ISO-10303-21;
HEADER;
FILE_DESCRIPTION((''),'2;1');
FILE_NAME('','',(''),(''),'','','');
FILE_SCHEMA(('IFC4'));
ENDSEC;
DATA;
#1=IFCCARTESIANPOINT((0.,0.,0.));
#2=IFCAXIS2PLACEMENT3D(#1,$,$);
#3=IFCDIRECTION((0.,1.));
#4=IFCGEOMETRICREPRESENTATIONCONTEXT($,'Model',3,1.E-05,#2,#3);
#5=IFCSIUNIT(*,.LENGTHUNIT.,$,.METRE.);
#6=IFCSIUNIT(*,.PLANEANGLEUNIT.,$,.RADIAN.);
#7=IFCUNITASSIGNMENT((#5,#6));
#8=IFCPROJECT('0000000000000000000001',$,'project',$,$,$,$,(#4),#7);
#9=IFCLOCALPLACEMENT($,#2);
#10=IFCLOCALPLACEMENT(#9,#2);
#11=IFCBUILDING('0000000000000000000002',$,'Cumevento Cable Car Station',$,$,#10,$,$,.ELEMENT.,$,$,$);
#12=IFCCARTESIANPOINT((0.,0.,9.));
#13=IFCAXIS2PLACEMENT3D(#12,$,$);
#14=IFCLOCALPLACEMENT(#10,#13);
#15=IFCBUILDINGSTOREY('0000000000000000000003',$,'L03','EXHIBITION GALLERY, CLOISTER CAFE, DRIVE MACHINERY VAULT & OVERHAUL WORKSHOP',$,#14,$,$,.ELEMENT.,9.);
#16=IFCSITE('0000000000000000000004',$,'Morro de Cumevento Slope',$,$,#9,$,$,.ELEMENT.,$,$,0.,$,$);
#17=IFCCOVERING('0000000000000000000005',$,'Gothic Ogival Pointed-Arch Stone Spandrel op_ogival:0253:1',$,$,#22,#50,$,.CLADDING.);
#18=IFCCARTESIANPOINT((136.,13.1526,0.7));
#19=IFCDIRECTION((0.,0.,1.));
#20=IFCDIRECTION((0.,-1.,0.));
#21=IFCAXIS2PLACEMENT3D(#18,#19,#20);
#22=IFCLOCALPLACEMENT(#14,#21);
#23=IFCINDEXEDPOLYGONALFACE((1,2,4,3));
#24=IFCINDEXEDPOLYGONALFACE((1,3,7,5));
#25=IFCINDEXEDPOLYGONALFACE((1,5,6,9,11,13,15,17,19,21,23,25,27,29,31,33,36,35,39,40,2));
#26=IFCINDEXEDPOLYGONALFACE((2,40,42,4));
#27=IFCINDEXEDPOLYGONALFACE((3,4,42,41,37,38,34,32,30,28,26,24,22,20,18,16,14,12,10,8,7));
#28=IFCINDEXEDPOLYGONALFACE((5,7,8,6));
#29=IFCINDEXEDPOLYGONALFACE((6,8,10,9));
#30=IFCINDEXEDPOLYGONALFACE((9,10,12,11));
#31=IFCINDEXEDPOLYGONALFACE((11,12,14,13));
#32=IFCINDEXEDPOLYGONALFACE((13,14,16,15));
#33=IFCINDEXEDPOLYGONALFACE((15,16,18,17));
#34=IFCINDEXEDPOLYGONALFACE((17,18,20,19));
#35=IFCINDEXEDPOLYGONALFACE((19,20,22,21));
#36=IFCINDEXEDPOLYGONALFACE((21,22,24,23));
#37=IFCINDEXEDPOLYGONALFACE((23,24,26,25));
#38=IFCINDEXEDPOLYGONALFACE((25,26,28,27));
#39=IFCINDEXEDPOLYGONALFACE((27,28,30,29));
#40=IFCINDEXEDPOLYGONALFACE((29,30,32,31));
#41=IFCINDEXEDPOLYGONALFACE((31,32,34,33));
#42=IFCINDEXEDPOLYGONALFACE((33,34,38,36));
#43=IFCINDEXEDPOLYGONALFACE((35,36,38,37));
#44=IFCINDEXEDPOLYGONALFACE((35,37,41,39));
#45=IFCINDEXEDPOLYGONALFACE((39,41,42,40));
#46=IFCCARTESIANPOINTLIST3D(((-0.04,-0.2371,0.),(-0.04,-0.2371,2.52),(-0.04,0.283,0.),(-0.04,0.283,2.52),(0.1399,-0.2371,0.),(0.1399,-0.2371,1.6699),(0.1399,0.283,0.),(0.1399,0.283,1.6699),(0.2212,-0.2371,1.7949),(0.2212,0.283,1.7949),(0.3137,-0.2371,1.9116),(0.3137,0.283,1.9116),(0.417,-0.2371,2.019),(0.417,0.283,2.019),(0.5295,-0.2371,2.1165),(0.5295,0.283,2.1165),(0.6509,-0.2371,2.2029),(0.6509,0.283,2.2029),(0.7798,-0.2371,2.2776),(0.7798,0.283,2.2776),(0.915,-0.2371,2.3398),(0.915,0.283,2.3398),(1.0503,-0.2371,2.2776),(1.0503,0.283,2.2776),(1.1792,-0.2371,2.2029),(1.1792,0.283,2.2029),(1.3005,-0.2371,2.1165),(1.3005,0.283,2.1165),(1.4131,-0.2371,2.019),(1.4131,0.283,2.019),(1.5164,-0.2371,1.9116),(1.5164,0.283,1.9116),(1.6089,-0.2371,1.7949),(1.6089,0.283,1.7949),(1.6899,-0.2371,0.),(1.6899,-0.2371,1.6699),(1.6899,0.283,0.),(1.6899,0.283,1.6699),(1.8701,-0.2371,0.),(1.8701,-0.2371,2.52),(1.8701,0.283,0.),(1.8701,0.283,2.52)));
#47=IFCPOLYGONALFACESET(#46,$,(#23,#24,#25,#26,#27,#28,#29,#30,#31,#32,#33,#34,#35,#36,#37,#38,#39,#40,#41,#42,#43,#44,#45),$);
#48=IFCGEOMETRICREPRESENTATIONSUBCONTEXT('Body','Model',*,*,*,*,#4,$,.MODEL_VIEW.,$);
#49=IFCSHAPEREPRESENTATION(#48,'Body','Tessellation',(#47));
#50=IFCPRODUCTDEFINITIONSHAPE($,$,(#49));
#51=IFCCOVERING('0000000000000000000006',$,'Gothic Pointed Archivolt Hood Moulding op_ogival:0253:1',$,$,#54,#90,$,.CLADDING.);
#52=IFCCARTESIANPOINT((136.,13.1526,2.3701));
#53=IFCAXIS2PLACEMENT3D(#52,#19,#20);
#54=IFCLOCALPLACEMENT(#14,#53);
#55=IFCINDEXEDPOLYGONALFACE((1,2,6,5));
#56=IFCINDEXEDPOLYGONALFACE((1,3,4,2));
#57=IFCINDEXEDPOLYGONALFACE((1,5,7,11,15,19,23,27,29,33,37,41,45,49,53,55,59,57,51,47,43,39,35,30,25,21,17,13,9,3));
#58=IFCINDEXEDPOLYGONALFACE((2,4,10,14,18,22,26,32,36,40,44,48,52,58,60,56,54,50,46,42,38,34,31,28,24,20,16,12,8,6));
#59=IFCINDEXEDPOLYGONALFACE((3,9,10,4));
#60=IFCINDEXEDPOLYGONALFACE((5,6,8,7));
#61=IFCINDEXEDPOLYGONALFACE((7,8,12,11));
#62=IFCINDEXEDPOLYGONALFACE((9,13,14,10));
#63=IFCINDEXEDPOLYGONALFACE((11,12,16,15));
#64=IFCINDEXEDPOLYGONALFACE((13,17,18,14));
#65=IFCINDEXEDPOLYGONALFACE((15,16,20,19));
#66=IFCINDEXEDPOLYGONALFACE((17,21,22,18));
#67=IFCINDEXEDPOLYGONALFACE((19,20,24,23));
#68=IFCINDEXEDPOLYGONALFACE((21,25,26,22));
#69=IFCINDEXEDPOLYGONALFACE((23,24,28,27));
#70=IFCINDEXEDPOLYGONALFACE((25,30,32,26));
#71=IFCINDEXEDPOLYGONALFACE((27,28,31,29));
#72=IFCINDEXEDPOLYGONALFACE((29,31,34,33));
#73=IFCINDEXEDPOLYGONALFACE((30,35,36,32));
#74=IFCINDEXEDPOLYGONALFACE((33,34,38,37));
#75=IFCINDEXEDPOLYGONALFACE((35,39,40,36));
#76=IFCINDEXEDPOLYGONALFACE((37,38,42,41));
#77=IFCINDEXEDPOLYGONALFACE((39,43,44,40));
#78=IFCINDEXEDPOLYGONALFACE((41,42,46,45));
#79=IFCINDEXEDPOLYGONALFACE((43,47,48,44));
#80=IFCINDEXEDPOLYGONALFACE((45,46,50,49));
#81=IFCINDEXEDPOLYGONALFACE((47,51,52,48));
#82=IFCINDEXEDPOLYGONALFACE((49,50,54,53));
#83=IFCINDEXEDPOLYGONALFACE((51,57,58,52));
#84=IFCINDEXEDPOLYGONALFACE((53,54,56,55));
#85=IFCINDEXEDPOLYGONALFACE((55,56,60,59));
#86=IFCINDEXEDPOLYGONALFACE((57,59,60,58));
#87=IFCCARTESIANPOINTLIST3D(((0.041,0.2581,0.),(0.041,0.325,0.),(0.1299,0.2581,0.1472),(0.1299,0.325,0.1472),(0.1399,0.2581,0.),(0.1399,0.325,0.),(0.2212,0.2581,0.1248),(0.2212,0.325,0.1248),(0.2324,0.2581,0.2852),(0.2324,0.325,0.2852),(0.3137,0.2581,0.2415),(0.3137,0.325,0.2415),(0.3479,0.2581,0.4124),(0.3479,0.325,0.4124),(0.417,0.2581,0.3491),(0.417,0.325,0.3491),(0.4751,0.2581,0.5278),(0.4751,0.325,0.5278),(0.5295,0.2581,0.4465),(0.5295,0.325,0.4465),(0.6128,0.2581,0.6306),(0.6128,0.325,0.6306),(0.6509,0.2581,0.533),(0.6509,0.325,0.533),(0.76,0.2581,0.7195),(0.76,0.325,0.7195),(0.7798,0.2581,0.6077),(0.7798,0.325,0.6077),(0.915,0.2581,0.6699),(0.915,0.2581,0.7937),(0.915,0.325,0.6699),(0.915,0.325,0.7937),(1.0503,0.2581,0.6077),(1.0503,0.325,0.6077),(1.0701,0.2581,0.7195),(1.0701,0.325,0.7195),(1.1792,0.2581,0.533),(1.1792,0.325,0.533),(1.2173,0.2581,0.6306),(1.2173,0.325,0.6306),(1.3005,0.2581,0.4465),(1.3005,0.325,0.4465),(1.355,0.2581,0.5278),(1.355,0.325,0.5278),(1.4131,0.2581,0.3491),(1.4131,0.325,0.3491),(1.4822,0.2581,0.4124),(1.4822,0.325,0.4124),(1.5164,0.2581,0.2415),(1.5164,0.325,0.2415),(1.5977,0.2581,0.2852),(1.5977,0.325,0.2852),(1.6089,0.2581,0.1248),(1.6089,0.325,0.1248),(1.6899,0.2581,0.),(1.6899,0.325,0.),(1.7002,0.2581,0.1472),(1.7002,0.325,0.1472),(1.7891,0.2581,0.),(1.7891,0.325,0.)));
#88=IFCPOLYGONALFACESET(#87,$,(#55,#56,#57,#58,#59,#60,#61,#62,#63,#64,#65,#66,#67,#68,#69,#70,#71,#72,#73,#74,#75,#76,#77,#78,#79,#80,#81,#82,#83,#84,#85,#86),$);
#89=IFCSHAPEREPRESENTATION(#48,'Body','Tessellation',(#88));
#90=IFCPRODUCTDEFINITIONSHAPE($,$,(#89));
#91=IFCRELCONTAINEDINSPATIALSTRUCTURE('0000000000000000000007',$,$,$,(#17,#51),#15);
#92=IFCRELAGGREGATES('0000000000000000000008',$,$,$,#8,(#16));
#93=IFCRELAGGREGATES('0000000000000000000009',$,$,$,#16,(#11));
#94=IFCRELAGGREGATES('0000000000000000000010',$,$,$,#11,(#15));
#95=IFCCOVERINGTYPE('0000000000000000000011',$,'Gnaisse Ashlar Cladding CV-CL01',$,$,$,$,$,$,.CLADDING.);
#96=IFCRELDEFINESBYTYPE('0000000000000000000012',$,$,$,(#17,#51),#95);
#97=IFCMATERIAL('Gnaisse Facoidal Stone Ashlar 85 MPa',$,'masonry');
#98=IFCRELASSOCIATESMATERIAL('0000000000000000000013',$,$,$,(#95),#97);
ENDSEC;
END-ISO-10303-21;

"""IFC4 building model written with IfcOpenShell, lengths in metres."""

from ifc_helpers import new_model, si_unit, direction, frame, origin, place, context, subcontext, project, spatial, polyline, outline, extrude, material, type_object, element, save


model = new_model("IFC4")

# Units and contexts
model_context = context("Model", 3, precision=1e-05, world=origin(), true_north=direction((0.0, 1.0)))
body_context = subcontext(model_context, "Body", "Model", "MODEL_VIEW")
ifc_project = project(units=[si_unit("LENGTHUNIT", "METRE"), si_unit("PLANEANGLEUNIT", "RADIAN")], contexts=[model_context])

# Site, building, storey
site_placement = place(None, origin())
site = spatial("IfcSite", under=ifc_project, at=site_placement, Name="Morro de Cumevento Slope", CompositionType="ELEMENT", RefElevation=0.0)
building_placement = place(site_placement, origin())
building = spatial("IfcBuilding", under=site, at=building_placement, Name="Cumevento Cable Car Station", CompositionType="ELEMENT")
storey_placement = place(building_placement, frame((0.0, 0.0, 9.0)))
storey = spatial("IfcBuildingStorey", under=building, at=storey_placement, Name="L03", Description="EXHIBITION GALLERY, CLOISTER CAFE, DRIVE MACHINERY VAULT & OVERHAUL WORKSHOP", CompositionType="ELEMENT", Elevation=9.0)

# Coverings
ifc_material_1 = material(Name="Gnaisse Facoidal Stone Ashlar 85 MPa", Category="masonry")
covering_type = type_object("IfcCoveringType", Name="Gnaisse Ashlar Cladding CV-CL01", PredefinedType="CLADDING", material=ifc_material_1)
covering_1_placement = place(storey_placement, frame((136.0, 13.1526, 0.7), z_axis=(0.0, 0.0, 1.0), x_axis=(0.0, -1.0, 0.0)))
element("IfcCovering", 1, at=covering_1_placement, inside=storey, type_object=covering_type, Name="Gothic Ogival Pointed-Arch Stone Spandrel op_ogival:0253:1", PredefinedType="CLADDING", context=body_context, shape_type="SweptSolid", body=[
    extrude(outline(polyline([(-0.04, 0.0), (-0.04, 2.52), (1.8701, 2.52), (1.8701, 0.0), (1.6899, 0.0), (1.6899, 1.6699), (1.6089, 1.7949), (1.5164, 1.9116), (1.4131, 2.019), (1.3005, 2.1165), (1.1792, 2.2029), (1.0503, 2.2776), (0.915, 2.3398), (0.7798, 2.2776), (0.6509, 2.2029), (0.5295, 2.1165), (0.417, 2.019), (0.3137, 1.9116), (0.2212, 1.7949), (0.1399, 1.6699), (0.1399, 0.0), (-0.04, 0.0)])), frame((0.0, 0.283, 0.0), z_axis=(0.0, -1.0, 0.0), x_axis=(1.0, 0.0, 0.0)), (0.0, 0.0, 1.0), 0.52),
])
covering_2_placement = place(storey_placement, frame((136.0, 13.1526, 2.3701), z_axis=(0.0, 0.0, 1.0), x_axis=(0.0, -1.0, 0.0)))
element("IfcCovering", 2, at=covering_2_placement, inside=storey, type_object=covering_type, Name="Gothic Pointed Archivolt Hood Moulding op_ogival:0253:1", PredefinedType="CLADDING", context=body_context, shape_type="SweptSolid", body=[
    extrude(outline(polyline([(0.1399, 0.0), (0.2212, 0.1248), (0.3137, 0.2415), (0.417, 0.3491), (0.5295, 0.4465), (0.6509, 0.533), (0.7798, 0.6077), (0.915, 0.6699), (1.0503, 0.6077), (1.1792, 0.533), (1.3005, 0.4465), (1.4131, 0.3491), (1.5164, 0.2415), (1.6089, 0.1248), (1.6899, 0.0), (1.7891, 0.0), (1.7002, 0.1472), (1.5977, 0.2852), (1.4822, 0.4124), (1.355, 0.5278), (1.2173, 0.6306), (1.0701, 0.7195), (0.915, 0.7937), (0.76, 0.7195), (0.6128, 0.6306), (0.4751, 0.5278), (0.3479, 0.4124), (0.2324, 0.2852), (0.1299, 0.1472), (0.041, 0.0), (0.1399, 0.0)])), frame((0.0, 0.325, 0.0), z_axis=(0.0, -1.0, 0.0), x_axis=(1.0, 0.0, 0.0)), (0.0, 0.0, 1.0), 0.0669),
])

save(model, "model.ifc")
